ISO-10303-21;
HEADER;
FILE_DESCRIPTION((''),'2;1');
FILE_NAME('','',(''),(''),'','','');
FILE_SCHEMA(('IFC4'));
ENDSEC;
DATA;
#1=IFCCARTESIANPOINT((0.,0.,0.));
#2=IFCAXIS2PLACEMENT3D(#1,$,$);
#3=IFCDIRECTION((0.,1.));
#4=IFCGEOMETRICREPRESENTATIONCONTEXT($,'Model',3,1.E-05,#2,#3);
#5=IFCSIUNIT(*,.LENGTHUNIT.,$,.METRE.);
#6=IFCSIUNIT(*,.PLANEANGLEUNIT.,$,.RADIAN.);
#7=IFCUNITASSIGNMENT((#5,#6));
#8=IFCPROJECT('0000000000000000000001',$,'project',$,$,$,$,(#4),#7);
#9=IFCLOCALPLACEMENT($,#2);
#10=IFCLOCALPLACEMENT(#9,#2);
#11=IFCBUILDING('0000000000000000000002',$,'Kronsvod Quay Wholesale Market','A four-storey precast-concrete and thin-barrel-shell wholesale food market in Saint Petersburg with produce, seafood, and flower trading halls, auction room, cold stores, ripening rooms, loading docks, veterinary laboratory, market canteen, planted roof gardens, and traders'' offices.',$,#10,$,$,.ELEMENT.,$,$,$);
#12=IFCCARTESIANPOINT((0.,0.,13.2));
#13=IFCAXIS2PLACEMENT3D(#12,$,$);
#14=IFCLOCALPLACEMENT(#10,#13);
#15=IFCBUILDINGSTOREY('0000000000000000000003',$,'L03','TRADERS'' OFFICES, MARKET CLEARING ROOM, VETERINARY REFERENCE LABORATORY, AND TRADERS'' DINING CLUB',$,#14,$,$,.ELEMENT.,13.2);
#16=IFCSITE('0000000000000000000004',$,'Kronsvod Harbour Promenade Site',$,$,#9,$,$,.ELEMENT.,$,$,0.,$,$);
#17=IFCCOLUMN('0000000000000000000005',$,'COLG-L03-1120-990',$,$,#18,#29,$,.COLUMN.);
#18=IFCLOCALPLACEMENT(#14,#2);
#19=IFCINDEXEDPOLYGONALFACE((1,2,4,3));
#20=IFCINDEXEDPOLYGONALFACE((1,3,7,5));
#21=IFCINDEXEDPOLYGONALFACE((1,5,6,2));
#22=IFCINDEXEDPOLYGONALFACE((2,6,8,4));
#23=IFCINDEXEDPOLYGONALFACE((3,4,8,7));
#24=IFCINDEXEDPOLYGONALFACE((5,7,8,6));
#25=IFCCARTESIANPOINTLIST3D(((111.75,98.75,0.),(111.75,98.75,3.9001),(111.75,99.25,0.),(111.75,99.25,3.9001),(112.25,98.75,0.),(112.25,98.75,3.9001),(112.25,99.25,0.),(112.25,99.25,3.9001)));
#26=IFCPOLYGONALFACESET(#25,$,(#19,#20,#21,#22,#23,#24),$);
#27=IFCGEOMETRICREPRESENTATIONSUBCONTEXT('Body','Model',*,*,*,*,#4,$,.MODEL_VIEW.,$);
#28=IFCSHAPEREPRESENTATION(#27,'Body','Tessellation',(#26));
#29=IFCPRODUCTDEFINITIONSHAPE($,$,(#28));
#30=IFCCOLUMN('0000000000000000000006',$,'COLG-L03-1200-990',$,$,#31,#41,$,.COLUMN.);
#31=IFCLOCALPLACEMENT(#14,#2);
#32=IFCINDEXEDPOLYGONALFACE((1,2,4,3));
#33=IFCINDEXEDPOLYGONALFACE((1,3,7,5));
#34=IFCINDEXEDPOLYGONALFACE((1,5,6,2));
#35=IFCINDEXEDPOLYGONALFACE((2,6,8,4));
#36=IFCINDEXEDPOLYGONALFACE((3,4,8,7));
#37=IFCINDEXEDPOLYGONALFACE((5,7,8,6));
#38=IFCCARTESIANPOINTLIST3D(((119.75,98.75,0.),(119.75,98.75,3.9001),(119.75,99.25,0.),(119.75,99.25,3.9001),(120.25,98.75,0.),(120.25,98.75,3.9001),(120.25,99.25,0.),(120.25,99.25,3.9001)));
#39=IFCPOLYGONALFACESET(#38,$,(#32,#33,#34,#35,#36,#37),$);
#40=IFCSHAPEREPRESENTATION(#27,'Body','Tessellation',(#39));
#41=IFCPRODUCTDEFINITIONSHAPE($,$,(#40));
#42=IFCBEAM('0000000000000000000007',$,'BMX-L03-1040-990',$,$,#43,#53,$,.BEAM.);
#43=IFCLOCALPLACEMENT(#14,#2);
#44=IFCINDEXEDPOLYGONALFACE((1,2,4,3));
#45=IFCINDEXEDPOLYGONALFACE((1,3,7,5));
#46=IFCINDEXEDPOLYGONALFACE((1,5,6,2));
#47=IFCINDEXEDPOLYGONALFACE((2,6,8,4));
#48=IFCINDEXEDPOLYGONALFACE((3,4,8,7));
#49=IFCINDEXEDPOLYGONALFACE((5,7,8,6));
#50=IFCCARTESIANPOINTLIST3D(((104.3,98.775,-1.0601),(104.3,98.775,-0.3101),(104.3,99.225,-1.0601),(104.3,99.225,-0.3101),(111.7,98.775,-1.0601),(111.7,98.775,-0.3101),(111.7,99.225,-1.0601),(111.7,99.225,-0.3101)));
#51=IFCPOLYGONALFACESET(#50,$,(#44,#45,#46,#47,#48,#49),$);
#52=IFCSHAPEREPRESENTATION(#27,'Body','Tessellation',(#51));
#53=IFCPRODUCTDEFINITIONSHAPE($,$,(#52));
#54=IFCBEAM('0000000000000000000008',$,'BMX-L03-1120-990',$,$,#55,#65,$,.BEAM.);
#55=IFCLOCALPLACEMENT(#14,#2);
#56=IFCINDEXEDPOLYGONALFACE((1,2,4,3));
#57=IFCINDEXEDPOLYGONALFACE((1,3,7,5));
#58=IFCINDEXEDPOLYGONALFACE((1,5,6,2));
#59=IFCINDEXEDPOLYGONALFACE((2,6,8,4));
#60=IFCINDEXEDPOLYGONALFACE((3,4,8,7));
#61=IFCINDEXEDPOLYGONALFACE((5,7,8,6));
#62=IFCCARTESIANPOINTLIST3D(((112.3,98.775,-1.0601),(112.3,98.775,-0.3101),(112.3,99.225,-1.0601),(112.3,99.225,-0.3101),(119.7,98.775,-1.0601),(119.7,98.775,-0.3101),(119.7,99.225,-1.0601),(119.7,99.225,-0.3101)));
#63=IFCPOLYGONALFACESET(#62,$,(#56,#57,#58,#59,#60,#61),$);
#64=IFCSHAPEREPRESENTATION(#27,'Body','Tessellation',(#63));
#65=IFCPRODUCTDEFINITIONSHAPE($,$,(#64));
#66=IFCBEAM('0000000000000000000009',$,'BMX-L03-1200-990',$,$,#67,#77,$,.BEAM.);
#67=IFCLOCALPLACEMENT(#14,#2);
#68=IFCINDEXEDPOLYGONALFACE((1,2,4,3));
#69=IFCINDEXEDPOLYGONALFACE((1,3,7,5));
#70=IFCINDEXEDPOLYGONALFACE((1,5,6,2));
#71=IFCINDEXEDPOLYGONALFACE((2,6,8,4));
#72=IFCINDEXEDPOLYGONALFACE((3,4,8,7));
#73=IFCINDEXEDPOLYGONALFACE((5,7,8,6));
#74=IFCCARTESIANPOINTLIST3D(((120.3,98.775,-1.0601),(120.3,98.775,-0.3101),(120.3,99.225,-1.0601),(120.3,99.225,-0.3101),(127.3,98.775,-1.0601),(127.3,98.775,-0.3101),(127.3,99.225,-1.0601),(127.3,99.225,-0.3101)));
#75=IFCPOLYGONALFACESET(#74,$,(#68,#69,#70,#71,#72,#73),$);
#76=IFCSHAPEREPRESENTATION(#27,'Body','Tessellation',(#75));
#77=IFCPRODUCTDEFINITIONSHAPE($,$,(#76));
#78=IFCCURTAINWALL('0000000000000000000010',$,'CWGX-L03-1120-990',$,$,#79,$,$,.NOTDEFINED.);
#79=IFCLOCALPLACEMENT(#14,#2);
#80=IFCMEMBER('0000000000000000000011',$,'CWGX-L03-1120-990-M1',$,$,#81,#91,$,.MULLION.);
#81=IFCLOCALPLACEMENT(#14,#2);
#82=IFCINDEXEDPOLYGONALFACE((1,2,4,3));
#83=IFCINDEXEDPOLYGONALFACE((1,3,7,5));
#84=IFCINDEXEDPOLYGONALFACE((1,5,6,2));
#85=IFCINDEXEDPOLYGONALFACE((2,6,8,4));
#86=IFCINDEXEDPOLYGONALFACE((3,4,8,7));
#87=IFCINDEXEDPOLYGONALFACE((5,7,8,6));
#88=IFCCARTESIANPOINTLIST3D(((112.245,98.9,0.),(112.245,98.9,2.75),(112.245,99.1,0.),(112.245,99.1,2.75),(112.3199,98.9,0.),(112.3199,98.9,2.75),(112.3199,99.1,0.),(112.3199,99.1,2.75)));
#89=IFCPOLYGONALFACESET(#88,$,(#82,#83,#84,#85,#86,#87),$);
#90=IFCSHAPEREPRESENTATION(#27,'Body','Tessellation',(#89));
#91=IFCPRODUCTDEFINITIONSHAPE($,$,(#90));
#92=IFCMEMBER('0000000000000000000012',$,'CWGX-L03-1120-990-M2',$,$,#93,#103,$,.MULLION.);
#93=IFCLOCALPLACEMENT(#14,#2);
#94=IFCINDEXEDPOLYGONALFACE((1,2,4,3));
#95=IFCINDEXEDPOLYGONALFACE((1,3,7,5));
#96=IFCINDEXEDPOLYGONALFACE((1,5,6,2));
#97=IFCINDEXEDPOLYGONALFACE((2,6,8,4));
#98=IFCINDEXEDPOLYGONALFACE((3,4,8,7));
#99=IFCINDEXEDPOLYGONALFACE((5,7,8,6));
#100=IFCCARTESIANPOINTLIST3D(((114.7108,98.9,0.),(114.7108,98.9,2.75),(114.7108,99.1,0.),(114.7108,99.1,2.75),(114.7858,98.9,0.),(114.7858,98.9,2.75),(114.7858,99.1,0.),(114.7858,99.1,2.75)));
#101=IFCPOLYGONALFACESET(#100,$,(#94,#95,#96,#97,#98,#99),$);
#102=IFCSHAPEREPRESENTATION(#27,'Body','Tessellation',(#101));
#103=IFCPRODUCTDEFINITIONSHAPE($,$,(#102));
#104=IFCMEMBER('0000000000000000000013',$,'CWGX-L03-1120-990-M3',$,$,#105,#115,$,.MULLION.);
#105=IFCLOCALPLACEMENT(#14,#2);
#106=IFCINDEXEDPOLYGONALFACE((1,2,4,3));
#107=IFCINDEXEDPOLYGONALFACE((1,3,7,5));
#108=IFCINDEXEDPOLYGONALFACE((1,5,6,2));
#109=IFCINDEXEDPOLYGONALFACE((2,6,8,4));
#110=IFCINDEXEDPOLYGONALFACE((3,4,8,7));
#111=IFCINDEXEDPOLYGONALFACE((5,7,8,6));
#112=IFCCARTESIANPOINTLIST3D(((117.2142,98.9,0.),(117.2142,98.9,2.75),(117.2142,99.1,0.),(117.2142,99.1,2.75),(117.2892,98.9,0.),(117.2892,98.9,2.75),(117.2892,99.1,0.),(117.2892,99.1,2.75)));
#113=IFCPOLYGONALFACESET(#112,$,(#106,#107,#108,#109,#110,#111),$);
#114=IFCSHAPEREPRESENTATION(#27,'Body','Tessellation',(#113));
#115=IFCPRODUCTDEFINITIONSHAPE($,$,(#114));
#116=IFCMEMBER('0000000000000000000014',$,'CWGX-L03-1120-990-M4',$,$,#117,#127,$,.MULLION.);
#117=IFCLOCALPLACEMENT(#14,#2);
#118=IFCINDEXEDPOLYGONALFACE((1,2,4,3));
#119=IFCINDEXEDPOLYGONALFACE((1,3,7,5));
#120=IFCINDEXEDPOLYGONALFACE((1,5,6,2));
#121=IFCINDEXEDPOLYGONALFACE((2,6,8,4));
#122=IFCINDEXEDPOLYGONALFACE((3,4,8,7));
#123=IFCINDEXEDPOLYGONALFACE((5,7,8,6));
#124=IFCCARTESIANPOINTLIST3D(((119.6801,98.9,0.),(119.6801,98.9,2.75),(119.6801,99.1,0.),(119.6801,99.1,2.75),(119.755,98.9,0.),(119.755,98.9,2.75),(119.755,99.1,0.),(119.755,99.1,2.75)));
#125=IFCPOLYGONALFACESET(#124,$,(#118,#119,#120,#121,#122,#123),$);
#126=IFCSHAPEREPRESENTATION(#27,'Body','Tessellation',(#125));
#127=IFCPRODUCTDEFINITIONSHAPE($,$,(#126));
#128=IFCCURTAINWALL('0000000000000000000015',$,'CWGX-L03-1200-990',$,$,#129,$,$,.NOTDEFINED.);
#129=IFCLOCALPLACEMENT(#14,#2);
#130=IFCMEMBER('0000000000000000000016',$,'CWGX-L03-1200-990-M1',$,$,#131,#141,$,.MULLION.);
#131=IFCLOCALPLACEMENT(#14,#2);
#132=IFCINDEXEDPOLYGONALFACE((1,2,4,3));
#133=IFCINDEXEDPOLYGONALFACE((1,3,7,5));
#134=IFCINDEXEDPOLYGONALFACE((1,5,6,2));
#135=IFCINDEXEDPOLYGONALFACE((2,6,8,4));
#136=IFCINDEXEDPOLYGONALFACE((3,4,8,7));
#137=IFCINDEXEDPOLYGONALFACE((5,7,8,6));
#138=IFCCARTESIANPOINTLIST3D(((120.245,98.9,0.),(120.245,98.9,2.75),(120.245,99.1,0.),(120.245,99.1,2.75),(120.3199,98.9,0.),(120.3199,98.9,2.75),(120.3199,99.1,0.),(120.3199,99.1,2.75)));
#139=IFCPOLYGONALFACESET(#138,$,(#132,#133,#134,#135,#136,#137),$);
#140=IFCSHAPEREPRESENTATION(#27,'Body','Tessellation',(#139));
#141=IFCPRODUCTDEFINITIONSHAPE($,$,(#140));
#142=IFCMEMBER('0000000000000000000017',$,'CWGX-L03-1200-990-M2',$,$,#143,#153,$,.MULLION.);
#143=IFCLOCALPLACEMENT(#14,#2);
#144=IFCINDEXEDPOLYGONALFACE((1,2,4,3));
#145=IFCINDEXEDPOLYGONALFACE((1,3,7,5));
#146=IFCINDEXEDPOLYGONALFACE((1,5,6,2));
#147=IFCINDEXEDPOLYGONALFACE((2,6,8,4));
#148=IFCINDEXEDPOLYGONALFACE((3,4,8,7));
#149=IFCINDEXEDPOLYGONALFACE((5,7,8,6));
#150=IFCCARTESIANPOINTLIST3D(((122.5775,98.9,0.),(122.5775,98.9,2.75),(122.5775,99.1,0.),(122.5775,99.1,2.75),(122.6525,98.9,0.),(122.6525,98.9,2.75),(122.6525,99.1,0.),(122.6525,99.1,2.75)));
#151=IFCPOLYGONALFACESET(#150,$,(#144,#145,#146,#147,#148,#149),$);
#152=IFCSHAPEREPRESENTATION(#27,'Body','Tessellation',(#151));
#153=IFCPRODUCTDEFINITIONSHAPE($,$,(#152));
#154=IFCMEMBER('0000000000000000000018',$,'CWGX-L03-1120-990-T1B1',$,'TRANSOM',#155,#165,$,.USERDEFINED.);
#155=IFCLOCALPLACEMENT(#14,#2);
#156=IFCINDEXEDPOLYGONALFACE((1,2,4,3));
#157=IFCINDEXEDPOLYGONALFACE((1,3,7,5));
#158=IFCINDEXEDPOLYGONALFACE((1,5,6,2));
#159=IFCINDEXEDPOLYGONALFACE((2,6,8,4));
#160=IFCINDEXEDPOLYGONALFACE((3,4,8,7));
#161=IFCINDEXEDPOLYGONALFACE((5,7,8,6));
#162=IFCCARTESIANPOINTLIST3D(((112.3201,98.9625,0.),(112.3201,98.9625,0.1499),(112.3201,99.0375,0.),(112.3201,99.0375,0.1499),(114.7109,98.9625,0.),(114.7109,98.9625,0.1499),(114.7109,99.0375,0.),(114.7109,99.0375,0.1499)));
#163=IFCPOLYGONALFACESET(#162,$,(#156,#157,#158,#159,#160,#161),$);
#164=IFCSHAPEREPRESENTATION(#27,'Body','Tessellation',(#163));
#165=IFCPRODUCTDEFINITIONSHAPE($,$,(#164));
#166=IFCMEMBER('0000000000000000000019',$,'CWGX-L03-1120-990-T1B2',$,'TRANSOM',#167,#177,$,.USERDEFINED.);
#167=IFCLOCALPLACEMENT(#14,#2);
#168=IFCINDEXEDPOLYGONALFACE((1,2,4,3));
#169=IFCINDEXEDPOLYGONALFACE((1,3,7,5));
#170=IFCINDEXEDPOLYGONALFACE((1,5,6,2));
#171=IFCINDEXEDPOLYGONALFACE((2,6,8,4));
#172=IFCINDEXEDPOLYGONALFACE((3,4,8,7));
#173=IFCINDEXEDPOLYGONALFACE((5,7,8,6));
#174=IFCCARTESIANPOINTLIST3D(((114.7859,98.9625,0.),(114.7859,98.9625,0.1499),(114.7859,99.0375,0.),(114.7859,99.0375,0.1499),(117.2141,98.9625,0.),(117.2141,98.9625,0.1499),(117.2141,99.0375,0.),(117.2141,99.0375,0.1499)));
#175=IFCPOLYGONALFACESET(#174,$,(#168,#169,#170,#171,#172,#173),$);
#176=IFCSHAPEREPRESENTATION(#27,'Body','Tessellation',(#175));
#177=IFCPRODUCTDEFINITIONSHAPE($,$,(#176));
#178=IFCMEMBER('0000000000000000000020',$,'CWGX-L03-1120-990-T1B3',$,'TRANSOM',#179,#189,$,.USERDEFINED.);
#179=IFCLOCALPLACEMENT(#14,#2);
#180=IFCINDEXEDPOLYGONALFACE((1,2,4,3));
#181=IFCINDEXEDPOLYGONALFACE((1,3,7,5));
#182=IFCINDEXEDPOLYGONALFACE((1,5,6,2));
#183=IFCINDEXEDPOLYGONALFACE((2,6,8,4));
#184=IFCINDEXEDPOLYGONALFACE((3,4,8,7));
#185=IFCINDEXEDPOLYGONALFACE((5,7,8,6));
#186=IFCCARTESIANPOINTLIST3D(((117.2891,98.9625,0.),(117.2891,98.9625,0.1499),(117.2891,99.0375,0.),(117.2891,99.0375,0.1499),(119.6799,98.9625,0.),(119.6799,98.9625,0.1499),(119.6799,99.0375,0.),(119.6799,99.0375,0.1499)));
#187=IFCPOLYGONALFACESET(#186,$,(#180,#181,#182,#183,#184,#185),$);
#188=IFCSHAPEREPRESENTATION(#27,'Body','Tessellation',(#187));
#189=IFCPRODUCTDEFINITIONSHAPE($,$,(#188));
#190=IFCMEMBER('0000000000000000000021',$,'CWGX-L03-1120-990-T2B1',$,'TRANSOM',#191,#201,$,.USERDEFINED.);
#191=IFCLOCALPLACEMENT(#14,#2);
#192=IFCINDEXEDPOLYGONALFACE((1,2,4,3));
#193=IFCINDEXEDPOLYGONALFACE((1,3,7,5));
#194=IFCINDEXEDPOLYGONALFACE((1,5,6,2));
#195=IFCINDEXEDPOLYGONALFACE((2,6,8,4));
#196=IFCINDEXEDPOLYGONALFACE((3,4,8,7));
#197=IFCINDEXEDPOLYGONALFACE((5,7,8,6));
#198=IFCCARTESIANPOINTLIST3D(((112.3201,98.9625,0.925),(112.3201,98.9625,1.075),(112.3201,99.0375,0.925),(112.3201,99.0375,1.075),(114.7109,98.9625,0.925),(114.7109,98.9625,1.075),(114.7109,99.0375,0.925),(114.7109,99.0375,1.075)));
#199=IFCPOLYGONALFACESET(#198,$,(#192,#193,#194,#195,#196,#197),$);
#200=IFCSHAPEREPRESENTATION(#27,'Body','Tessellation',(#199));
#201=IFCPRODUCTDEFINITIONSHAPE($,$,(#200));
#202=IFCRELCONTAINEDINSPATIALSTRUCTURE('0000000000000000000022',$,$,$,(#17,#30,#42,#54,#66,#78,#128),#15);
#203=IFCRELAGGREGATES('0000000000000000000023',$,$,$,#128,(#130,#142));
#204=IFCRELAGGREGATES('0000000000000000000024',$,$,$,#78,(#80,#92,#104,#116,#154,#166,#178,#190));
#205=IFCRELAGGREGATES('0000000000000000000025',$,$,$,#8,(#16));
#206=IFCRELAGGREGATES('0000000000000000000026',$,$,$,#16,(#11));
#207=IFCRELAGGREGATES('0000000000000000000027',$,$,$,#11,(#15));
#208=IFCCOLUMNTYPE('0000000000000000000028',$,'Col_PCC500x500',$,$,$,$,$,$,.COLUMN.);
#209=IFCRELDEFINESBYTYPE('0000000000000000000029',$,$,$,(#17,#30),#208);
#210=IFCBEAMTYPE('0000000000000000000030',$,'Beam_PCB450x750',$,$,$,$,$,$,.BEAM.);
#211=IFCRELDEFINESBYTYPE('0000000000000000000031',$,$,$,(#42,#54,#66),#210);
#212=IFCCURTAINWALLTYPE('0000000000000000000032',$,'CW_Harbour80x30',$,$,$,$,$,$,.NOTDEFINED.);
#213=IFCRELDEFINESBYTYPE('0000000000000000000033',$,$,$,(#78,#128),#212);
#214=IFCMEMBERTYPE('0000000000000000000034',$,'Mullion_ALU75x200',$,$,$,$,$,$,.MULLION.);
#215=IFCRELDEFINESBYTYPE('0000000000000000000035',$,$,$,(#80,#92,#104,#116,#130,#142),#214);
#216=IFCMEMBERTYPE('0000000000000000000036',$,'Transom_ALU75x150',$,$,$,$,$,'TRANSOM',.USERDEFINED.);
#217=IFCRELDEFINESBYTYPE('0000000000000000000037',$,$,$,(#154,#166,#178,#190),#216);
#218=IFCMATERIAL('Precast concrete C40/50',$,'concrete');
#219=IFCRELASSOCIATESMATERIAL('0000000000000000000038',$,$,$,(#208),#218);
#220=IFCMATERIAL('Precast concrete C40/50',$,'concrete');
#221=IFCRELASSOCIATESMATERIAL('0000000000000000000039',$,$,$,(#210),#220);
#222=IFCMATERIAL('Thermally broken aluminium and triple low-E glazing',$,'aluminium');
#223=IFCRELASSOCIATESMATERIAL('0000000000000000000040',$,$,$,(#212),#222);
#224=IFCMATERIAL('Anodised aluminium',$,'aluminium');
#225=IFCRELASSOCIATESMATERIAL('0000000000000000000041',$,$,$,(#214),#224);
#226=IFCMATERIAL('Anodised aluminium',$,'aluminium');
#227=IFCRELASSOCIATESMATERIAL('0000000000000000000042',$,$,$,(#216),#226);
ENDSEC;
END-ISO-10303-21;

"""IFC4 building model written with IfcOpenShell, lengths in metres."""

from ifc_helpers import new_model, si_unit, direction, frame, origin, origin_2d, place, context, subcontext, project, spatial, rectangle, extrude, material, material_profile, profile_set, type_object, element, aggregate, save


model = new_model("IFC4")

# Units and contexts
model_context = context("Model", 3, precision=1e-05, world=origin(), true_north=direction((0.0, 1.0)))
body_context = subcontext(model_context, "Body", "Model", "MODEL_VIEW")
ifc_project = project(units=[si_unit("LENGTHUNIT", "METRE"), si_unit("PLANEANGLEUNIT", "RADIAN")], contexts=[model_context])

# Site, building, storey
site_placement = place(None, origin())
site = spatial("IfcSite", under=ifc_project, at=site_placement, Name="Kronsvod Harbour Promenade Site", CompositionType="ELEMENT", RefElevation=0.0)
building_placement = place(site_placement, origin())
building = spatial("IfcBuilding", under=site, at=building_placement, Name="Kronsvod Quay Wholesale Market", Description="A four-storey precast-concrete and thin-barrel-shell wholesale food market in Saint Petersburg with produce, seafood, and flower trading halls, auction room, cold stores, ripening rooms, loading docks, veterinary laboratory, market canteen, planted roof gardens, and traders' offices.", CompositionType="ELEMENT")
storey_placement = place(building_placement, frame((0.0, 0.0, 13.2)))
storey = spatial("IfcBuildingStorey", under=building, at=storey_placement, Name="L03", Description="TRADERS' OFFICES, MARKET CLEARING ROOM, VETERINARY REFERENCE LABORATORY, AND TRADERS' DINING CLUB", CompositionType="ELEMENT", Elevation=13.2)

# Columns
ifc_material_1 = material(Name="Precast concrete C40/50", Category="concrete")
ifc_material_profile_1 = material_profile(ifc_material_1, rectangle(XDim=0.5, YDim=0.5, at=origin_2d()), Name="PCC500x500")
ifc_profile_set_1 = profile_set([ifc_material_profile_1], Name="Precast concrete C40/50")
column_type = type_object("IfcColumnType", Name="Col_PCC500x500", PredefinedType="COLUMN", material=ifc_profile_set_1)
for number, where, z_axis, x_axis, name in (
    (1, (112.0, 99.0, 0.0), (0.0, 0.0, 1.0), (1.0, 0.0, 0.0), "COLG-L03-1120-990"),
    (2, (120.0, 99.0, 0.0), (0.0, 0.0, 1.0), (1.0, 0.0, 0.0), "COLG-L03-1200-990"),
):
    element("IfcColumn", number, at=place(storey_placement, frame(where, z_axis=z_axis, x_axis=x_axis)), inside=storey, type_object=column_type, Name=name, PredefinedType="COLUMN", context=body_context, shape_type="SweptSolid", body=[
        extrude(rectangle(XDim=0.5, YDim=0.5, at=origin_2d()), origin(), (0.0, 0.0, 1.0), 3.9001),
    ])

# Beams
ifc_material_2 = material(Name="Precast concrete C40/50", Category="concrete")
ifc_material_profile_2 = material_profile(ifc_material_2, rectangle(XDim=0.45, YDim=0.75, at=origin_2d()), Name="PCB450x750")
ifc_profile_set_2 = profile_set([ifc_material_profile_2], Name="Precast concrete C40/50")
beam_type = type_object("IfcBeamType", Name="Beam_PCB450x750", PredefinedType="BEAM", material=ifc_profile_set_2)
for number, where, z_axis, x_axis, name in (
    (3, (104.3, 99.0, -0.6851), (1.0, 0.0, 0.0), (0.0, 1.0, 0.0), "BMX-L03-1040-990"),
    (4, (112.3, 99.0, -0.6851), (1.0, 0.0, 0.0), (0.0, 1.0, 0.0), "BMX-L03-1120-990"),
):
    element("IfcBeam", number, at=place(storey_placement, frame(where, z_axis=z_axis, x_axis=x_axis)), inside=storey, type_object=beam_type, Name=name, PredefinedType="BEAM", context=body_context, shape_type="SweptSolid", body=[
        extrude(rectangle(XDim=0.45, YDim=0.75, at=origin_2d()), origin(), (0.0, 0.0, 1.0), 7.3999),
    ])
beam_placement = place(storey_placement, frame((120.3, 99.0, -0.6851), z_axis=(1.0, 0.0, 0.0), x_axis=(0.0, 1.0, 0.0)))
element("IfcBeam", 5, at=beam_placement, inside=storey, type_object=beam_type, Name="BMX-L03-1200-990", PredefinedType="BEAM", context=body_context, shape_type="SweptSolid", body=[
    extrude(rectangle(XDim=0.45, YDim=0.75, at=origin_2d()), origin(), (0.0, 0.0, 1.0), 7.0),
])

# Curtain walls, members
ifc_material_3 = material(Name="Thermally broken aluminium and triple low-E glazing", Category="aluminium")
curtain_wall_type = type_object("IfcCurtainWallType", Name="CW_Harbour80x30", PredefinedType="NOTDEFINED", material=ifc_material_3)
curtain_wall_1_placement = place(storey_placement, origin())
curtain_wall_1 = element("IfcCurtainWall", 6, at=curtain_wall_1_placement, inside=storey, type_object=curtain_wall_type, Name="CWGX-L03-1120-990", PredefinedType="NOTDEFINED")
ifc_material_4 = material(Name="Anodised aluminium", Category="aluminium")
ifc_material_profile_3 = material_profile(ifc_material_4, rectangle(XDim=0.075, YDim=0.2, at=origin_2d()), Name="ALUM75x200")
ifc_profile_set_3 = profile_set([ifc_material_profile_3], Name="Anodised aluminium")
member_type_1 = type_object("IfcMemberType", Name="Mullion_ALU75x200", PredefinedType="MULLION", material=ifc_profile_set_3)
member_1_placement = place(storey_placement, frame((112.2825, 99.0, 0.0), z_axis=(0.0, 0.0, 1.0), x_axis=(1.0, 0.0, 0.0)))
member_1 = element("IfcMember", 7, at=member_1_placement, type_object=member_type_1, Name="CWGX-L03-1120-990-M1", PredefinedType="MULLION", context=body_context, shape_type="SweptSolid", body=[
    extrude(rectangle(XDim=0.075, YDim=0.2, at=origin_2d()), origin(), (0.0, 0.0, 1.0), 2.75),
])
member_2_placement = place(storey_placement, frame((114.7483, 99.0, 0.0), z_axis=(0.0, 0.0, 1.0), x_axis=(1.0, 0.0, 0.0)))
member_2 = element("IfcMember", 8, at=member_2_placement, type_object=member_type_1, Name="CWGX-L03-1120-990-M2", PredefinedType="MULLION", context=body_context, shape_type="SweptSolid", body=[
    extrude(rectangle(XDim=0.075, YDim=0.2, at=origin_2d()), origin(), (0.0, 0.0, 1.0), 2.75),
])
member_3_placement = place(storey_placement, frame((117.2517, 99.0, 0.0), z_axis=(0.0, 0.0, 1.0), x_axis=(1.0, 0.0, 0.0)))
member_3 = element("IfcMember", 9, at=member_3_placement, type_object=member_type_1, Name="CWGX-L03-1120-990-M3", PredefinedType="MULLION", context=body_context, shape_type="SweptSolid", body=[
    extrude(rectangle(XDim=0.075, YDim=0.2, at=origin_2d()), origin(), (0.0, 0.0, 1.0), 2.75),
])
member_4_placement = place(storey_placement, frame((119.7175, 99.0, 0.0), z_axis=(0.0, 0.0, 1.0), x_axis=(1.0, 0.0, 0.0)))
member_4 = element("IfcMember", 10, at=member_4_placement, type_object=member_type_1, Name="CWGX-L03-1120-990-M4", PredefinedType="MULLION", context=body_context, shape_type="SweptSolid", body=[
    extrude(rectangle(XDim=0.075, YDim=0.2, at=origin_2d()), origin(), (0.0, 0.0, 1.0), 2.75),
])
curtain_wall_2_placement = place(storey_placement, origin())
curtain_wall_2 = element("IfcCurtainWall", 11, at=curtain_wall_2_placement, inside=storey, type_object=curtain_wall_type, Name="CWGX-L03-1200-990", PredefinedType="NOTDEFINED")
member_5_placement = place(storey_placement, frame((120.2825, 99.0, 0.0), z_axis=(0.0, 0.0, 1.0), x_axis=(1.0, 0.0, 0.0)))
member_5 = element("IfcMember", 12, at=member_5_placement, type_object=member_type_1, Name="CWGX-L03-1200-990-M1", PredefinedType="MULLION", context=body_context, shape_type="SweptSolid", body=[
    extrude(rectangle(XDim=0.075, YDim=0.2, at=origin_2d()), origin(), (0.0, 0.0, 1.0), 2.75),
])
member_6_placement = place(storey_placement, frame((122.615, 99.0, 0.0), z_axis=(0.0, 0.0, 1.0), x_axis=(1.0, 0.0, 0.0)))
member_6 = element("IfcMember", 13, at=member_6_placement, type_object=member_type_1, Name="CWGX-L03-1200-990-M2", PredefinedType="MULLION", context=body_context, shape_type="SweptSolid", body=[
    extrude(rectangle(XDim=0.075, YDim=0.2, at=origin_2d()), origin(), (0.0, 0.0, 1.0), 2.75),
])

# Members
ifc_material_5 = material(Name="Anodised aluminium", Category="aluminium")
ifc_material_profile_4 = material_profile(ifc_material_5, rectangle(XDim=0.075, YDim=0.1499, at=origin_2d()), Name="ALUT75x150")
ifc_profile_set_4 = profile_set([ifc_material_profile_4], Name="Anodised aluminium")
member_type_2 = type_object("IfcMemberType", Name="Transom_ALU75x150", ElementType="TRANSOM", PredefinedType="USERDEFINED", material=ifc_profile_set_4)
member_7_placement = place(storey_placement, frame((112.3201, 99.0, 0.075), z_axis=(1.0, 0.0, 0.0), x_axis=(0.0, 1.0, 0.0)))
member_7 = element("IfcMember", 14, at=member_7_placement, type_object=member_type_2, Name="CWGX-L03-1120-990-T1B1", ObjectType="TRANSOM", PredefinedType="USERDEFINED", context=body_context, shape_type="SweptSolid", body=[
    extrude(rectangle(XDim=0.075, YDim=0.1499, at=origin_2d()), origin(), (0.0, 0.0, 1.0), 2.3909),
])
member_8_placement = place(storey_placement, frame((114.7859, 99.0, 0.075), z_axis=(1.0, 0.0, 0.0), x_axis=(0.0, 1.0, 0.0)))
member_8 = element("IfcMember", 15, at=member_8_placement, type_object=member_type_2, Name="CWGX-L03-1120-990-T1B2", ObjectType="TRANSOM", PredefinedType="USERDEFINED", context=body_context, shape_type="SweptSolid", body=[
    extrude(rectangle(XDim=0.075, YDim=0.1499, at=origin_2d()), origin(), (0.0, 0.0, 1.0), 2.4282),
])
member_9_placement = place(storey_placement, frame((117.2891, 99.0, 0.075), z_axis=(1.0, 0.0, 0.0), x_axis=(0.0, 1.0, 0.0)))
member_9 = element("IfcMember", 16, at=member_9_placement, type_object=member_type_2, Name="CWGX-L03-1120-990-T1B3", ObjectType="TRANSOM", PredefinedType="USERDEFINED", context=body_context, shape_type="SweptSolid", body=[
    extrude(rectangle(XDim=0.075, YDim=0.1499, at=origin_2d()), origin(), (0.0, 0.0, 1.0), 2.3909),
])
member_10_placement = place(storey_placement, frame((112.3201, 99.0, 1.0), z_axis=(1.0, 0.0, 0.0), x_axis=(0.0, 1.0, 0.0)))
member_10 = element("IfcMember", 17, at=member_10_placement, type_object=member_type_2, Name="CWGX-L03-1120-990-T2B1", ObjectType="TRANSOM", PredefinedType="USERDEFINED", context=body_context, shape_type="SweptSolid", body=[
    extrude(rectangle(XDim=0.075, YDim=0.1499, at=origin_2d()), origin(), (0.0, 0.0, 1.0), 2.3909),
])

aggregate(curtain_wall_2, [member_5, member_6])
aggregate(curtain_wall_1, [member_1, member_2, member_3, member_4, member_7, member_8, member_9, member_10])

save(model, "model.ifc")
